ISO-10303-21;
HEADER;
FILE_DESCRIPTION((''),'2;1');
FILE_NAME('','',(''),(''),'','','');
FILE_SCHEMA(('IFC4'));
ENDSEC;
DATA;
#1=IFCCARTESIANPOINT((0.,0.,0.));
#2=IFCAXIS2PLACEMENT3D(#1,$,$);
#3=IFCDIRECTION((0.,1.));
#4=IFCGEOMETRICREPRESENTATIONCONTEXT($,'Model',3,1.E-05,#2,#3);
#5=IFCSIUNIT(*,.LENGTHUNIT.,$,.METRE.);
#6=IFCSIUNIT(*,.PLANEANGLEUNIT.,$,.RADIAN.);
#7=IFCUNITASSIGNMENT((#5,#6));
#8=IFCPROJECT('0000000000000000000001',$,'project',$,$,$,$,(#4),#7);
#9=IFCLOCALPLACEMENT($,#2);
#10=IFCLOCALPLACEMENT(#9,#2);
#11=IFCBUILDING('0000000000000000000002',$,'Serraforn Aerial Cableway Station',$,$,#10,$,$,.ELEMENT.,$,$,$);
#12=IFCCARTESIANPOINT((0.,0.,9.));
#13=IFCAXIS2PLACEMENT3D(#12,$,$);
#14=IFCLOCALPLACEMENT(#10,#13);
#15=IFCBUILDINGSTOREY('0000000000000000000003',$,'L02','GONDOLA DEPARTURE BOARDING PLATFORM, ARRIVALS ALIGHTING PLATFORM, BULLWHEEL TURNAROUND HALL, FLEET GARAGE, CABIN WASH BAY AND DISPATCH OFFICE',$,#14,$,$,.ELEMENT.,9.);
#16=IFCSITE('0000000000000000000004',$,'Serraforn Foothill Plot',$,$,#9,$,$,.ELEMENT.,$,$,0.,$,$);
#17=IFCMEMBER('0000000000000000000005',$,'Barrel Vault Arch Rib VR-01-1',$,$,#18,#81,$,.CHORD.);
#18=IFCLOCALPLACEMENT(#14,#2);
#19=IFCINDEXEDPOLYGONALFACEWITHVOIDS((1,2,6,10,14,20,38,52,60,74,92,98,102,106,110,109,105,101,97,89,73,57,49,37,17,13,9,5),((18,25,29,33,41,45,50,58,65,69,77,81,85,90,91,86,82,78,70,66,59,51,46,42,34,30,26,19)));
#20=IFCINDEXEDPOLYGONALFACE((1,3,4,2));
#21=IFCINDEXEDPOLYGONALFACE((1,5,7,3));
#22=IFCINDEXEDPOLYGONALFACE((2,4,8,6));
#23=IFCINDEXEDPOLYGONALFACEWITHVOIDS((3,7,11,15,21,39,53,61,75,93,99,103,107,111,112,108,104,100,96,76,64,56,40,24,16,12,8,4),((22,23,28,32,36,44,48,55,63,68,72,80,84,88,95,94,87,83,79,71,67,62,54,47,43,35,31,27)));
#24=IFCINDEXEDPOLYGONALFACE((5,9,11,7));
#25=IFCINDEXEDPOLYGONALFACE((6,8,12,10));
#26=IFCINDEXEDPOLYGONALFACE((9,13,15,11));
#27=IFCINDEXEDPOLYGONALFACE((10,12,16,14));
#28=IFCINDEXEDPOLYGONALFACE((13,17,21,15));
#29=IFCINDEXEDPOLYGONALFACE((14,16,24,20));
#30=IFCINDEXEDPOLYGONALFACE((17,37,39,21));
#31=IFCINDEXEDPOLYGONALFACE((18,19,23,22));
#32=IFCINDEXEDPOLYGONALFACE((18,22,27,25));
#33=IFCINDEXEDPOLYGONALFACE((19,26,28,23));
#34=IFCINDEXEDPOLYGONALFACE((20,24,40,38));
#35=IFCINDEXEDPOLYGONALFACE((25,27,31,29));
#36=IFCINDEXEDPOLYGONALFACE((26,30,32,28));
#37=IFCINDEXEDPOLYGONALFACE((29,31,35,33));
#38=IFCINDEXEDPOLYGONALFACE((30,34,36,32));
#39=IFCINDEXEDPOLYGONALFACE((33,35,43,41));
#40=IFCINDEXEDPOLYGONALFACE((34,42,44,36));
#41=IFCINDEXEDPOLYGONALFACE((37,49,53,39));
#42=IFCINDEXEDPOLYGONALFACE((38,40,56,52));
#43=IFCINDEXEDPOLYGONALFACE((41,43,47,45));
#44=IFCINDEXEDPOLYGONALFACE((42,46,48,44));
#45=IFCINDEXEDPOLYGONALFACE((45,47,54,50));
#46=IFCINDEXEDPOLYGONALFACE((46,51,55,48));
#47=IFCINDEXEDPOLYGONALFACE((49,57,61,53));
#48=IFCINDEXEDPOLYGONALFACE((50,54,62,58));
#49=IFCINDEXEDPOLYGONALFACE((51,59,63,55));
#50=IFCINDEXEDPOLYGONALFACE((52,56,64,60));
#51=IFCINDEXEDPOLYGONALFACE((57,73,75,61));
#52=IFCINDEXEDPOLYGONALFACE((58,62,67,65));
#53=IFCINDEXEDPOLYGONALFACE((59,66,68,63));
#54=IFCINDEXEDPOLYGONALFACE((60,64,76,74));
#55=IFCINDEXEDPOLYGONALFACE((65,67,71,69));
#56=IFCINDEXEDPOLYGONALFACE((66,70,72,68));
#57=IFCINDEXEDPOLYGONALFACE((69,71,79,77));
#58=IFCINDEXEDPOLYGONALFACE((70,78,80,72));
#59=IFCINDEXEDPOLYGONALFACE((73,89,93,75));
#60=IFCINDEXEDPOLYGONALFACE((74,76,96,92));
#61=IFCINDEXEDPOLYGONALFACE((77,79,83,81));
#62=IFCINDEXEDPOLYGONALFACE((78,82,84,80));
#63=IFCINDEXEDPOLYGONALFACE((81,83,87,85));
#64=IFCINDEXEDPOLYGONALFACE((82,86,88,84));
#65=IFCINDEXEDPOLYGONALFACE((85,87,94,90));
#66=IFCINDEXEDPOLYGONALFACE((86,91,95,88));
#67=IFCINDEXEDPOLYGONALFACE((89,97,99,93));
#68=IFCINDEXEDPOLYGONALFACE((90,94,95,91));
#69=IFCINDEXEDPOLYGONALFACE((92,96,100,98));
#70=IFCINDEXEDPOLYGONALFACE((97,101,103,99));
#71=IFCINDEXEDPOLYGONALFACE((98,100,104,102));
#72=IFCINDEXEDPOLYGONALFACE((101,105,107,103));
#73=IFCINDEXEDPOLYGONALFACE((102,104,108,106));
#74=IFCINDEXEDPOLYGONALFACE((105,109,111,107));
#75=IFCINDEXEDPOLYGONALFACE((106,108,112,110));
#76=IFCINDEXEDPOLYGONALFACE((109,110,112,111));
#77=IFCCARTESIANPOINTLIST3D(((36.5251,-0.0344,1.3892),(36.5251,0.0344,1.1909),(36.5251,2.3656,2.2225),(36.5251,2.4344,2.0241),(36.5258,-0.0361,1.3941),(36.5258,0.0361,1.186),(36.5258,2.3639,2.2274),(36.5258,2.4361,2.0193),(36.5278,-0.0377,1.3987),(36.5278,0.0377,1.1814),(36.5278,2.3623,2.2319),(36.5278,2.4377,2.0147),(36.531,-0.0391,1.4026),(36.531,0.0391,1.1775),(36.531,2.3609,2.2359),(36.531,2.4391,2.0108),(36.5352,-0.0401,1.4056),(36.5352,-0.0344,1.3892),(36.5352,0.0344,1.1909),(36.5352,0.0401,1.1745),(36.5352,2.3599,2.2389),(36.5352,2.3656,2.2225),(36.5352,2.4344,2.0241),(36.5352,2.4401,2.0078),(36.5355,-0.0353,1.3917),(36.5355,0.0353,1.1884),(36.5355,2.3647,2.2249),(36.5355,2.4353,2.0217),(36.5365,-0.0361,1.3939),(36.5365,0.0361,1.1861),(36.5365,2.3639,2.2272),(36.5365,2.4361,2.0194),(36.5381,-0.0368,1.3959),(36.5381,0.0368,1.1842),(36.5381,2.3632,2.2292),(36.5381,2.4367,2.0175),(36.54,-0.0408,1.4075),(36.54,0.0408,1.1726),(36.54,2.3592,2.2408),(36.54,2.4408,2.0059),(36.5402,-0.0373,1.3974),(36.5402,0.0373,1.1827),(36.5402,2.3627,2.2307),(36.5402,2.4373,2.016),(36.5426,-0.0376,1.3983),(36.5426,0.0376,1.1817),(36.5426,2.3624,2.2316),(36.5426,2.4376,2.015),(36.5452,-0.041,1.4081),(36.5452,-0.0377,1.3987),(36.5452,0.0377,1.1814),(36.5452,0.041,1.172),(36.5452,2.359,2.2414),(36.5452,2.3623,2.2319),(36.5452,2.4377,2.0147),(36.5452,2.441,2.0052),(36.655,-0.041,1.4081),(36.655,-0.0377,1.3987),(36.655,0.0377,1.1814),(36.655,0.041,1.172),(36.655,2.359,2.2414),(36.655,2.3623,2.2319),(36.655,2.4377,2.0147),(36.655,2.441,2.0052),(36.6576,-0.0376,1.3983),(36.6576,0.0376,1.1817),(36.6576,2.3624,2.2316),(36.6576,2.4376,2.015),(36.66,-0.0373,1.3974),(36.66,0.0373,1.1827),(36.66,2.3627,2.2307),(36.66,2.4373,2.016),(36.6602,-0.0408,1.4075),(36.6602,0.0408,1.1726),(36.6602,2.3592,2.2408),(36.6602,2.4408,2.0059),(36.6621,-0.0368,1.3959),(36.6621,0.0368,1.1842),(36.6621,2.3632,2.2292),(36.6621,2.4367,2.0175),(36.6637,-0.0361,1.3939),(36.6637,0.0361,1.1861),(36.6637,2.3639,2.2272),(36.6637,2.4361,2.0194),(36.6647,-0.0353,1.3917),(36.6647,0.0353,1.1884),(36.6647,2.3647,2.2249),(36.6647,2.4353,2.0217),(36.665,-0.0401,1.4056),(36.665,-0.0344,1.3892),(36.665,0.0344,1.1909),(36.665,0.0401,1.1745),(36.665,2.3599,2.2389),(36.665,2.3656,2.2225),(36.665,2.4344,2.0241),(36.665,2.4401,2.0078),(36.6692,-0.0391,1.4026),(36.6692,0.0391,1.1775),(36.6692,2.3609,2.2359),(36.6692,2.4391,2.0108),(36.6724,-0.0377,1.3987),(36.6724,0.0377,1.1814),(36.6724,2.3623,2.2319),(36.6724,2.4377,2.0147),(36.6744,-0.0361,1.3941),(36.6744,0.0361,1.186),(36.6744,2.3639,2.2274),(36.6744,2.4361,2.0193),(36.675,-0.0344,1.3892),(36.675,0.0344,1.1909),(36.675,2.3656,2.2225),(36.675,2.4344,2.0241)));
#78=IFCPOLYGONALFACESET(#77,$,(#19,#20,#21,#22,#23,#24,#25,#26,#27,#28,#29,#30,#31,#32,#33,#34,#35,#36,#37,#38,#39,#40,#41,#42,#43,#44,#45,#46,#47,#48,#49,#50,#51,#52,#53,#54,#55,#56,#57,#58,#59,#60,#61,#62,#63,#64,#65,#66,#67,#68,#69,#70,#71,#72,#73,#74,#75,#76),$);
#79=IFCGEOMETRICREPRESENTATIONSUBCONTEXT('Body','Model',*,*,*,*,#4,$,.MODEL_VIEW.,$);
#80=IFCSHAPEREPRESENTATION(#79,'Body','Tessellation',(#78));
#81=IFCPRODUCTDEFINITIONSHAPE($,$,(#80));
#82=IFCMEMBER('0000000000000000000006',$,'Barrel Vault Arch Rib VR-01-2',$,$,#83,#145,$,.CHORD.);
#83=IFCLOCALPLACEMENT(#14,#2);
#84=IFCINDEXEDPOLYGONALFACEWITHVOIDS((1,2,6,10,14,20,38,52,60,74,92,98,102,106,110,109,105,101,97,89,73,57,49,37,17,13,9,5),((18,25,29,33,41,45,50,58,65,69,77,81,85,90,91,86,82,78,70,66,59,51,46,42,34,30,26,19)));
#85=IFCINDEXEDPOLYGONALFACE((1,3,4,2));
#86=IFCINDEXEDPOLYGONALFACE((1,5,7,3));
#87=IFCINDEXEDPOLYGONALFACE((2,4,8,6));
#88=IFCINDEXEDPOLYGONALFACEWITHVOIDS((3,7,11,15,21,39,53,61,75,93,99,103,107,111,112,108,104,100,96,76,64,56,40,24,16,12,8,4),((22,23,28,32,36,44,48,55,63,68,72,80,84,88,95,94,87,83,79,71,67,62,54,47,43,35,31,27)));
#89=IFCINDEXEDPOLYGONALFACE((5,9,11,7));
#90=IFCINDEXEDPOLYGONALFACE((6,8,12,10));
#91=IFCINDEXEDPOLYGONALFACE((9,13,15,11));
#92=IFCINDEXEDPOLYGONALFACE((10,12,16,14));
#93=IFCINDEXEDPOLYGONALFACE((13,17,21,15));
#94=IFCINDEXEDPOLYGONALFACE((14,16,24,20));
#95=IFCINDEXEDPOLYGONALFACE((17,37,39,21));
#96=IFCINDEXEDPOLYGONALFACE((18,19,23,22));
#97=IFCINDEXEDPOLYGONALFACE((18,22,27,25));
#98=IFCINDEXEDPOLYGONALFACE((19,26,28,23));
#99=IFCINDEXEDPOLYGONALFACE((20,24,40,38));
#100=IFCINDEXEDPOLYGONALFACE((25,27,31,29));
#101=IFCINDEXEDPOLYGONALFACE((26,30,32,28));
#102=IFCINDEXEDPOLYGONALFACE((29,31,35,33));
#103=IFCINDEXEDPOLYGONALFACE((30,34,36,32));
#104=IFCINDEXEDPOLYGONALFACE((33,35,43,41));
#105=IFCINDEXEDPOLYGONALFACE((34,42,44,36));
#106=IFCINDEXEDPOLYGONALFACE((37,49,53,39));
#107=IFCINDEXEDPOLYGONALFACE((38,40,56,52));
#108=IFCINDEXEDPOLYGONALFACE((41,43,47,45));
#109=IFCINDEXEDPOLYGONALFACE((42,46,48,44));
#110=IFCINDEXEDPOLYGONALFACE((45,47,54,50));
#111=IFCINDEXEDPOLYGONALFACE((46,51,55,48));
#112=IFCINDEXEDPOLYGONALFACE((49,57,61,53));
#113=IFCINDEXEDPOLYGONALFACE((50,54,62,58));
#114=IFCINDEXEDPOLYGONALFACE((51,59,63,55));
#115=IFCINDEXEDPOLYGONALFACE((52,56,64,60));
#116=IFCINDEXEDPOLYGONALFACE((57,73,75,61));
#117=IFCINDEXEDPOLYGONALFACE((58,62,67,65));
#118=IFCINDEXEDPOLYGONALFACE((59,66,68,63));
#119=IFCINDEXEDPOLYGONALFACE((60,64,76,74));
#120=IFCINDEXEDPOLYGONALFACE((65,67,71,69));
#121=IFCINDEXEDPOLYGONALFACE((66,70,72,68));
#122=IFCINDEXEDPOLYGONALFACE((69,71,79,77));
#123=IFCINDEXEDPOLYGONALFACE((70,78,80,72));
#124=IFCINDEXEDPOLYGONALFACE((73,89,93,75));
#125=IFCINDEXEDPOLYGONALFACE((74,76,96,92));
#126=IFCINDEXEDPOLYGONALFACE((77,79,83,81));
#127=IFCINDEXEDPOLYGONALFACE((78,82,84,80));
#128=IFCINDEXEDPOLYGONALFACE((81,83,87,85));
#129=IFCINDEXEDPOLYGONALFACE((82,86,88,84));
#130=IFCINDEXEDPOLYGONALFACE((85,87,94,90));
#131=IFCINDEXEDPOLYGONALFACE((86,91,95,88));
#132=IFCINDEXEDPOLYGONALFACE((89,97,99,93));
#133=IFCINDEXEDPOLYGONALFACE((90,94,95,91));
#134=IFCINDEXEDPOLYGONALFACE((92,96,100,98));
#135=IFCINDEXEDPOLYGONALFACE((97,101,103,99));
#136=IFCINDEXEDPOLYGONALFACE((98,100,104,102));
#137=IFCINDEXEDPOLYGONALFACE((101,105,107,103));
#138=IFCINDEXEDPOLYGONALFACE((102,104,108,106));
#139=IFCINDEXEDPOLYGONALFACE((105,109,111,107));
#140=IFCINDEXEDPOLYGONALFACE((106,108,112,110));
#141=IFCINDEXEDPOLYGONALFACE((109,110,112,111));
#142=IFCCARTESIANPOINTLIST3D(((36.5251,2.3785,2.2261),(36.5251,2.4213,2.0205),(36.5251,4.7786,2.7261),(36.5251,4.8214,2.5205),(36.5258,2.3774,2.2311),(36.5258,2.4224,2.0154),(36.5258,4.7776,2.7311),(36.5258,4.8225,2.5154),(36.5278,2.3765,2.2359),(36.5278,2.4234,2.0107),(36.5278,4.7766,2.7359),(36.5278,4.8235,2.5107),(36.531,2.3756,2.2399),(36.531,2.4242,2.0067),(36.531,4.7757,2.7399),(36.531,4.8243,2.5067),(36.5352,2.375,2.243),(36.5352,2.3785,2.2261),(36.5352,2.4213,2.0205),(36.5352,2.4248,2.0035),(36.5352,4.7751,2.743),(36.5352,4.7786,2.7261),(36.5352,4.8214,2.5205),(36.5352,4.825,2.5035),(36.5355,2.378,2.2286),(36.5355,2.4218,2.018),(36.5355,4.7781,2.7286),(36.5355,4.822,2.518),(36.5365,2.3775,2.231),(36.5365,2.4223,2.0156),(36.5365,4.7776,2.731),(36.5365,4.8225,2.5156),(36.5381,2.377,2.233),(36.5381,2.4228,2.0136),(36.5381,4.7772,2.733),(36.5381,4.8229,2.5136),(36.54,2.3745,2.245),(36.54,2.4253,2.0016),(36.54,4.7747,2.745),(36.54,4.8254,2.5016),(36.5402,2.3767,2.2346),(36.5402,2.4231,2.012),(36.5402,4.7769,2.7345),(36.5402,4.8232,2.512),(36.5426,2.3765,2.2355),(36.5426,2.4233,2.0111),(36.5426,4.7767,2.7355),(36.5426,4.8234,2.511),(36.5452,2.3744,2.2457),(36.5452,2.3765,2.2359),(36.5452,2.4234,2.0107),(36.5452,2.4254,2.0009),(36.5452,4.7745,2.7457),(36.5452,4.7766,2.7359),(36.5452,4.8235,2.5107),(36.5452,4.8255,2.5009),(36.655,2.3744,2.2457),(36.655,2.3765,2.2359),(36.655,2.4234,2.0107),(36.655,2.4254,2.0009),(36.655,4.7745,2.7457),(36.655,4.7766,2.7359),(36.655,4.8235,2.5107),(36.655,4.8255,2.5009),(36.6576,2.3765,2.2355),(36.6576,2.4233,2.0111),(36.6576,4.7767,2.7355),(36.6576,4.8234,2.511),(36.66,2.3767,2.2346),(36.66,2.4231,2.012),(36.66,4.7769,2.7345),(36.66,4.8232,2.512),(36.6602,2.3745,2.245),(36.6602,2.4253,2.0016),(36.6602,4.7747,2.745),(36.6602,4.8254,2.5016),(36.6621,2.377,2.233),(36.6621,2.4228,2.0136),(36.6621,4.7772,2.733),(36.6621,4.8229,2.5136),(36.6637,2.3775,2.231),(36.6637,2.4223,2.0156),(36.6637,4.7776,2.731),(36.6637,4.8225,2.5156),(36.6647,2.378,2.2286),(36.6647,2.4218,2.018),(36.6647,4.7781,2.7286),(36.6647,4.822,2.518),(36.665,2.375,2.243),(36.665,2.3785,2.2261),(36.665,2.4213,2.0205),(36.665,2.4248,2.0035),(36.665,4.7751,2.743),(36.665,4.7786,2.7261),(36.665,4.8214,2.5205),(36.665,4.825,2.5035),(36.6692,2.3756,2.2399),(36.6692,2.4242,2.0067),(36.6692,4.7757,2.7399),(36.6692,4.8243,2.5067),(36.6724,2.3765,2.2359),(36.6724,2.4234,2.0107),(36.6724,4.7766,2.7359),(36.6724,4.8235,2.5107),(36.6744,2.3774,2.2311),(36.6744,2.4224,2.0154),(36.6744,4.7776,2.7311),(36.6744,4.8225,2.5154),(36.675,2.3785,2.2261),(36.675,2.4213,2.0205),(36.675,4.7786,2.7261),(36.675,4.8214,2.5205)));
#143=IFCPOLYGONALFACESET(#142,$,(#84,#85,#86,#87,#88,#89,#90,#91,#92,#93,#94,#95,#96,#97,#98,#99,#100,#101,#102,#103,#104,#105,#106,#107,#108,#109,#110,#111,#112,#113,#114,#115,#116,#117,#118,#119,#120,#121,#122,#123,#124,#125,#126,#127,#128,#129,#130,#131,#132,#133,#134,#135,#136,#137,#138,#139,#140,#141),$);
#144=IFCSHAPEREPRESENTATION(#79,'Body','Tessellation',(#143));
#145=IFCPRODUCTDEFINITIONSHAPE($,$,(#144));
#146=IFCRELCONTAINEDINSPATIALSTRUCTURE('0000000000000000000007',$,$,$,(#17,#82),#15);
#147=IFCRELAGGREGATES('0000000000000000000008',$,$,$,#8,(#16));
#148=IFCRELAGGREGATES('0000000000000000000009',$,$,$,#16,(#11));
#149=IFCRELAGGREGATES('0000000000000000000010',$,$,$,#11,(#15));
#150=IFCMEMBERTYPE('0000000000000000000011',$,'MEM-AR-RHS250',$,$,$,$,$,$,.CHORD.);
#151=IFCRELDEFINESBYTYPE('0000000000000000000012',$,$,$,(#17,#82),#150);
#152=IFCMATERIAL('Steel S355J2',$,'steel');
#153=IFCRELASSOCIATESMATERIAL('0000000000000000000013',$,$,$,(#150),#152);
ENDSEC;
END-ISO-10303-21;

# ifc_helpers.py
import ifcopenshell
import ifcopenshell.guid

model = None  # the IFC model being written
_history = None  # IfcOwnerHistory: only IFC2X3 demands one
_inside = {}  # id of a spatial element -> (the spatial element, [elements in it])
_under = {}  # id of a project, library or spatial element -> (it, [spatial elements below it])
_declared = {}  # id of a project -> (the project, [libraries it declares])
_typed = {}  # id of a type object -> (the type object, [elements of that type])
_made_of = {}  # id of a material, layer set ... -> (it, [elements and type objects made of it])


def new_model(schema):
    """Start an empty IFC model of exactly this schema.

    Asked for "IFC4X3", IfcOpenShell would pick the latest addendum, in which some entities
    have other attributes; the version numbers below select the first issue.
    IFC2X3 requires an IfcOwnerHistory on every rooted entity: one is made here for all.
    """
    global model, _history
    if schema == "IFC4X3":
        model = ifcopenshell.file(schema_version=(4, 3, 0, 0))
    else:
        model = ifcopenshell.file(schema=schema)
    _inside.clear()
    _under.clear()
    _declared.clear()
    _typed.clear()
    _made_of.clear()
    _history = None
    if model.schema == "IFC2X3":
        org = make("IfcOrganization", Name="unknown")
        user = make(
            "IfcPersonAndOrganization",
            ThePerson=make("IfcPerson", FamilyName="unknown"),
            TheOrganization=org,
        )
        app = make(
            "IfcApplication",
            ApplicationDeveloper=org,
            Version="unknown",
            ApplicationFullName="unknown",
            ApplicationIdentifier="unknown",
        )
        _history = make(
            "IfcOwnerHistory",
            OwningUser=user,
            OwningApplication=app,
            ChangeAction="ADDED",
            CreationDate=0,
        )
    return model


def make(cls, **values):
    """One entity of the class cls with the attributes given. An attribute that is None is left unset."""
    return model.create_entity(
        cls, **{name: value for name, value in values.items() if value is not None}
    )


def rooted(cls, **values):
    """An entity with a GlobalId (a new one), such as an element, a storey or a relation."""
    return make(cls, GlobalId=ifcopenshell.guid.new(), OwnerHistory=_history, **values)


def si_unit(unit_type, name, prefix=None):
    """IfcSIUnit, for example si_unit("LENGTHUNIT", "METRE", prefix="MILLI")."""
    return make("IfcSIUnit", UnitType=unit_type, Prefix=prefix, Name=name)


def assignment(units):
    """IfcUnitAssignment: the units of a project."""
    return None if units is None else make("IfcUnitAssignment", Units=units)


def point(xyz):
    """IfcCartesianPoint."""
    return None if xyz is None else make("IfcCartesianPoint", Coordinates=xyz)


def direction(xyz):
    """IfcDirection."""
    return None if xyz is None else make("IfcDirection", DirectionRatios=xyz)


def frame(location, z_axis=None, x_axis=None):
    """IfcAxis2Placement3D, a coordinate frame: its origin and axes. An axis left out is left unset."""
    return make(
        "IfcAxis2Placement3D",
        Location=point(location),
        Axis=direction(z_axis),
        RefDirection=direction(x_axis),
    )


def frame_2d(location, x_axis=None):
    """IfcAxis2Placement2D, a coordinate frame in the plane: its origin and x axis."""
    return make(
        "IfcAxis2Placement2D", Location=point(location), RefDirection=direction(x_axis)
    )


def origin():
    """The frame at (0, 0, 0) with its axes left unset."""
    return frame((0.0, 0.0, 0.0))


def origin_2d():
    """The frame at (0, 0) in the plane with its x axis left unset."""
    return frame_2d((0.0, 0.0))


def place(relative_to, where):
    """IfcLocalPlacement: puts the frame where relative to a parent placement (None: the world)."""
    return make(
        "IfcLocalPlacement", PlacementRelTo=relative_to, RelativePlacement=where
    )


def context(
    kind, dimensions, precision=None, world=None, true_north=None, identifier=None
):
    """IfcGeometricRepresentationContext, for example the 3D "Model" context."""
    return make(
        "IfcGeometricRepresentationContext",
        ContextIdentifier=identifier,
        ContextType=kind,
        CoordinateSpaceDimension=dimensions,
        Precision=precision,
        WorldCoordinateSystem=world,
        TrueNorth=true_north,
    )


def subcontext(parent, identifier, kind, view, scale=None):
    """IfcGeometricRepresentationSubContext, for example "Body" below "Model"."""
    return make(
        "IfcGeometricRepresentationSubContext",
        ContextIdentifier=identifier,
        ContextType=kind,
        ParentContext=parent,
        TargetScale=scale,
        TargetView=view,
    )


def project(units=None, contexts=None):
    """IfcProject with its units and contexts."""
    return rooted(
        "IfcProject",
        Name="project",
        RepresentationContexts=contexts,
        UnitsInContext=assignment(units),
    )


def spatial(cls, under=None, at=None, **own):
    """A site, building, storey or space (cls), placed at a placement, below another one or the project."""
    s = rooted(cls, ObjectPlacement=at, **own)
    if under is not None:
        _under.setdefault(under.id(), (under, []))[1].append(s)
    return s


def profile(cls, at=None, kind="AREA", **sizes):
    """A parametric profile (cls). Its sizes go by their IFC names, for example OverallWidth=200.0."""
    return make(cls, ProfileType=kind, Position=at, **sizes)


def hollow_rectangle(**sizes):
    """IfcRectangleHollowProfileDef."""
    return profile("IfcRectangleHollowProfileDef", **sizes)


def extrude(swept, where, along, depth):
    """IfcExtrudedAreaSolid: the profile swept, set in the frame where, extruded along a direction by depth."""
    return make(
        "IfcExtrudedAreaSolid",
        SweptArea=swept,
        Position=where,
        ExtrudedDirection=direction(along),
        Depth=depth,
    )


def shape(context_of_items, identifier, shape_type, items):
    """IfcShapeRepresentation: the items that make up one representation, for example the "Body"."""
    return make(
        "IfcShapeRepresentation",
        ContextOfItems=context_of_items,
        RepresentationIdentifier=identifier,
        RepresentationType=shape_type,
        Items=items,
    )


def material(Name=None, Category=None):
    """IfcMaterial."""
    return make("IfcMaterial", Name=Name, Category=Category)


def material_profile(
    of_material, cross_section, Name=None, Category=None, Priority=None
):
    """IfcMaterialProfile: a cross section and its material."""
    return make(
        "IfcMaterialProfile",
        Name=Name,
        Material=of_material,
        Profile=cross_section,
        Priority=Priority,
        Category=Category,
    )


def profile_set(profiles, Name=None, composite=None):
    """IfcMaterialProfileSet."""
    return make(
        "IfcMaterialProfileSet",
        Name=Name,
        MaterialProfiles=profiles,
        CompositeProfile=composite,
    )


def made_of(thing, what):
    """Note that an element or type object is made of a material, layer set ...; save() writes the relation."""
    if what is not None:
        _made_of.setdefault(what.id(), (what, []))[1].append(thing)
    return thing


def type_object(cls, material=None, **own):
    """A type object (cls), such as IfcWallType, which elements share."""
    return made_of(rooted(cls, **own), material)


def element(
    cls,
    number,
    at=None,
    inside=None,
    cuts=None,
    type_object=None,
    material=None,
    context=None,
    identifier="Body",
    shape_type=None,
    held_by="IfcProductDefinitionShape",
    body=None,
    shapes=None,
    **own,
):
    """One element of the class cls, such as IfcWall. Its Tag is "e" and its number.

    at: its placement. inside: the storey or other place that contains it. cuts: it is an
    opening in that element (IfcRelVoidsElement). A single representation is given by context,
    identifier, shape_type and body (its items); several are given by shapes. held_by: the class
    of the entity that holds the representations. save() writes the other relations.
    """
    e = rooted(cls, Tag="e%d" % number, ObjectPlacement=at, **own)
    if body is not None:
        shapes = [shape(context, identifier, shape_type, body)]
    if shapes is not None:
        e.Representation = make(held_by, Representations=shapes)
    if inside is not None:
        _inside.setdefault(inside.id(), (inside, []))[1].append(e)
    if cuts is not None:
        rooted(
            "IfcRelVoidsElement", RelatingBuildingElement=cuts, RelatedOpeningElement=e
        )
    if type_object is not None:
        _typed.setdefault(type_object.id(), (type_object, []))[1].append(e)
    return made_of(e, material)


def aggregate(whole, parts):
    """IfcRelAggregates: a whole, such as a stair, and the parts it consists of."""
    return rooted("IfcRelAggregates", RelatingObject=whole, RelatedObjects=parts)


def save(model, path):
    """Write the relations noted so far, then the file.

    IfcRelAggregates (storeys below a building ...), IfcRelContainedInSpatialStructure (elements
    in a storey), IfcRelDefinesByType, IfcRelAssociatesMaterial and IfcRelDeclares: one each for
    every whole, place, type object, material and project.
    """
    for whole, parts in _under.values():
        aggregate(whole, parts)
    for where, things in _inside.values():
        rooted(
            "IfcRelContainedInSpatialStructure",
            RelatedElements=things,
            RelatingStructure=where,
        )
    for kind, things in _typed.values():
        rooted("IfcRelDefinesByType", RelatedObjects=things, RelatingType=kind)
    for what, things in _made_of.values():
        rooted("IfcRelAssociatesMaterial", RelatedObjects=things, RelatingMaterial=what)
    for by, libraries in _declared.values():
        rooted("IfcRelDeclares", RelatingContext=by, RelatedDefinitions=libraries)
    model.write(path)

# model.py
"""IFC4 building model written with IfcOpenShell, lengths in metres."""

from ifc_helpers import new_model, si_unit, direction, frame, origin, origin_2d, place, context, subcontext, project, spatial, hollow_rectangle, extrude, material, material_profile, profile_set, type_object, element, save


model = new_model("IFC4")

# Units and contexts
model_context = context("Model", 3, precision=1e-05, world=origin(), true_north=direction((0.0, 1.0)))
body_context = subcontext(model_context, "Body", "Model", "MODEL_VIEW")
ifc_project = project(units=[si_unit("LENGTHUNIT", "METRE"), si_unit("PLANEANGLEUNIT", "RADIAN")], contexts=[model_context])

# Site, building, storey
site_placement = place(None, origin())
site = spatial("IfcSite", under=ifc_project, at=site_placement, Name="Serraforn Foothill Plot", CompositionType="ELEMENT", RefElevation=0.0)
building_placement = place(site_placement, origin())
building = spatial("IfcBuilding", under=site, at=building_placement, Name="Serraforn Aerial Cableway Station", CompositionType="ELEMENT")
storey_placement = place(building_placement, frame((0.0, 0.0, 9.0)))
storey = spatial("IfcBuildingStorey", under=building, at=storey_placement, Name="L02", Description="GONDOLA DEPARTURE BOARDING PLATFORM, ARRIVALS ALIGHTING PLATFORM, BULLWHEEL TURNAROUND HALL, FLEET GARAGE, CABIN WASH BAY AND DISPATCH OFFICE", CompositionType="ELEMENT", Elevation=9.0)

# Members
ifc_material_1 = material(Name="Steel S355J2", Category="steel")
ifc_material_profile_1 = material_profile(ifc_material_1, hollow_rectangle(XDim=0.1499, YDim=0.25, WallThickness=0.01, InnerFilletRadius=0.01, OuterFilletRadius=0.02, at=origin_2d()), Name="RHS 250x150x10.0")
ifc_profile_set_1 = profile_set([ifc_material_profile_1], Name="Steel S355J2")
member_type_1 = type_object("IfcMemberType", Name="MEM-AR-RHS250", PredefinedType="CHORD", material=ifc_profile_set_1)
member_1_placement = place(storey_placement, frame((36.6001, 0.0, 1.29), z_axis=(0.0, 0.944679, 0.327995), x_axis=(-1.0, 0.0, 0.0)))
element("IfcMember", 1, at=member_1_placement, inside=storey, type_object=member_type_1, Name="Barrel Vault Arch Rib VR-01-1", PredefinedType="CHORD", context=body_context, shape_type="SweptSolid", body=[
    extrude(hollow_rectangle(XDim=0.1499, YDim=0.25, WallThickness=0.01, InnerFilletRadius=0.01, OuterFilletRadius=0.02, at=origin_2d()), origin(), (0.0, 0.0, 1.0), 2.5405),
])
member_2_placement = place(storey_placement, frame((36.6001, 2.3999, 2.1233), z_axis=(0.0, 0.978983, 0.203942), x_axis=(-1.0, 0.0, 0.0)))
element("IfcMember", 2, at=member_2_placement, inside=storey, type_object=member_type_1, Name="Barrel Vault Arch Rib VR-01-2", PredefinedType="CHORD", context=body_context, shape_type="SweptSolid", body=[
    extrude(hollow_rectangle(XDim=0.1499, YDim=0.25, WallThickness=0.01, InnerFilletRadius=0.01, OuterFilletRadius=0.02, at=origin_2d()), origin(), (0.0, 0.0, 1.0), 2.4517),
])

save(model, "model.ifc")
